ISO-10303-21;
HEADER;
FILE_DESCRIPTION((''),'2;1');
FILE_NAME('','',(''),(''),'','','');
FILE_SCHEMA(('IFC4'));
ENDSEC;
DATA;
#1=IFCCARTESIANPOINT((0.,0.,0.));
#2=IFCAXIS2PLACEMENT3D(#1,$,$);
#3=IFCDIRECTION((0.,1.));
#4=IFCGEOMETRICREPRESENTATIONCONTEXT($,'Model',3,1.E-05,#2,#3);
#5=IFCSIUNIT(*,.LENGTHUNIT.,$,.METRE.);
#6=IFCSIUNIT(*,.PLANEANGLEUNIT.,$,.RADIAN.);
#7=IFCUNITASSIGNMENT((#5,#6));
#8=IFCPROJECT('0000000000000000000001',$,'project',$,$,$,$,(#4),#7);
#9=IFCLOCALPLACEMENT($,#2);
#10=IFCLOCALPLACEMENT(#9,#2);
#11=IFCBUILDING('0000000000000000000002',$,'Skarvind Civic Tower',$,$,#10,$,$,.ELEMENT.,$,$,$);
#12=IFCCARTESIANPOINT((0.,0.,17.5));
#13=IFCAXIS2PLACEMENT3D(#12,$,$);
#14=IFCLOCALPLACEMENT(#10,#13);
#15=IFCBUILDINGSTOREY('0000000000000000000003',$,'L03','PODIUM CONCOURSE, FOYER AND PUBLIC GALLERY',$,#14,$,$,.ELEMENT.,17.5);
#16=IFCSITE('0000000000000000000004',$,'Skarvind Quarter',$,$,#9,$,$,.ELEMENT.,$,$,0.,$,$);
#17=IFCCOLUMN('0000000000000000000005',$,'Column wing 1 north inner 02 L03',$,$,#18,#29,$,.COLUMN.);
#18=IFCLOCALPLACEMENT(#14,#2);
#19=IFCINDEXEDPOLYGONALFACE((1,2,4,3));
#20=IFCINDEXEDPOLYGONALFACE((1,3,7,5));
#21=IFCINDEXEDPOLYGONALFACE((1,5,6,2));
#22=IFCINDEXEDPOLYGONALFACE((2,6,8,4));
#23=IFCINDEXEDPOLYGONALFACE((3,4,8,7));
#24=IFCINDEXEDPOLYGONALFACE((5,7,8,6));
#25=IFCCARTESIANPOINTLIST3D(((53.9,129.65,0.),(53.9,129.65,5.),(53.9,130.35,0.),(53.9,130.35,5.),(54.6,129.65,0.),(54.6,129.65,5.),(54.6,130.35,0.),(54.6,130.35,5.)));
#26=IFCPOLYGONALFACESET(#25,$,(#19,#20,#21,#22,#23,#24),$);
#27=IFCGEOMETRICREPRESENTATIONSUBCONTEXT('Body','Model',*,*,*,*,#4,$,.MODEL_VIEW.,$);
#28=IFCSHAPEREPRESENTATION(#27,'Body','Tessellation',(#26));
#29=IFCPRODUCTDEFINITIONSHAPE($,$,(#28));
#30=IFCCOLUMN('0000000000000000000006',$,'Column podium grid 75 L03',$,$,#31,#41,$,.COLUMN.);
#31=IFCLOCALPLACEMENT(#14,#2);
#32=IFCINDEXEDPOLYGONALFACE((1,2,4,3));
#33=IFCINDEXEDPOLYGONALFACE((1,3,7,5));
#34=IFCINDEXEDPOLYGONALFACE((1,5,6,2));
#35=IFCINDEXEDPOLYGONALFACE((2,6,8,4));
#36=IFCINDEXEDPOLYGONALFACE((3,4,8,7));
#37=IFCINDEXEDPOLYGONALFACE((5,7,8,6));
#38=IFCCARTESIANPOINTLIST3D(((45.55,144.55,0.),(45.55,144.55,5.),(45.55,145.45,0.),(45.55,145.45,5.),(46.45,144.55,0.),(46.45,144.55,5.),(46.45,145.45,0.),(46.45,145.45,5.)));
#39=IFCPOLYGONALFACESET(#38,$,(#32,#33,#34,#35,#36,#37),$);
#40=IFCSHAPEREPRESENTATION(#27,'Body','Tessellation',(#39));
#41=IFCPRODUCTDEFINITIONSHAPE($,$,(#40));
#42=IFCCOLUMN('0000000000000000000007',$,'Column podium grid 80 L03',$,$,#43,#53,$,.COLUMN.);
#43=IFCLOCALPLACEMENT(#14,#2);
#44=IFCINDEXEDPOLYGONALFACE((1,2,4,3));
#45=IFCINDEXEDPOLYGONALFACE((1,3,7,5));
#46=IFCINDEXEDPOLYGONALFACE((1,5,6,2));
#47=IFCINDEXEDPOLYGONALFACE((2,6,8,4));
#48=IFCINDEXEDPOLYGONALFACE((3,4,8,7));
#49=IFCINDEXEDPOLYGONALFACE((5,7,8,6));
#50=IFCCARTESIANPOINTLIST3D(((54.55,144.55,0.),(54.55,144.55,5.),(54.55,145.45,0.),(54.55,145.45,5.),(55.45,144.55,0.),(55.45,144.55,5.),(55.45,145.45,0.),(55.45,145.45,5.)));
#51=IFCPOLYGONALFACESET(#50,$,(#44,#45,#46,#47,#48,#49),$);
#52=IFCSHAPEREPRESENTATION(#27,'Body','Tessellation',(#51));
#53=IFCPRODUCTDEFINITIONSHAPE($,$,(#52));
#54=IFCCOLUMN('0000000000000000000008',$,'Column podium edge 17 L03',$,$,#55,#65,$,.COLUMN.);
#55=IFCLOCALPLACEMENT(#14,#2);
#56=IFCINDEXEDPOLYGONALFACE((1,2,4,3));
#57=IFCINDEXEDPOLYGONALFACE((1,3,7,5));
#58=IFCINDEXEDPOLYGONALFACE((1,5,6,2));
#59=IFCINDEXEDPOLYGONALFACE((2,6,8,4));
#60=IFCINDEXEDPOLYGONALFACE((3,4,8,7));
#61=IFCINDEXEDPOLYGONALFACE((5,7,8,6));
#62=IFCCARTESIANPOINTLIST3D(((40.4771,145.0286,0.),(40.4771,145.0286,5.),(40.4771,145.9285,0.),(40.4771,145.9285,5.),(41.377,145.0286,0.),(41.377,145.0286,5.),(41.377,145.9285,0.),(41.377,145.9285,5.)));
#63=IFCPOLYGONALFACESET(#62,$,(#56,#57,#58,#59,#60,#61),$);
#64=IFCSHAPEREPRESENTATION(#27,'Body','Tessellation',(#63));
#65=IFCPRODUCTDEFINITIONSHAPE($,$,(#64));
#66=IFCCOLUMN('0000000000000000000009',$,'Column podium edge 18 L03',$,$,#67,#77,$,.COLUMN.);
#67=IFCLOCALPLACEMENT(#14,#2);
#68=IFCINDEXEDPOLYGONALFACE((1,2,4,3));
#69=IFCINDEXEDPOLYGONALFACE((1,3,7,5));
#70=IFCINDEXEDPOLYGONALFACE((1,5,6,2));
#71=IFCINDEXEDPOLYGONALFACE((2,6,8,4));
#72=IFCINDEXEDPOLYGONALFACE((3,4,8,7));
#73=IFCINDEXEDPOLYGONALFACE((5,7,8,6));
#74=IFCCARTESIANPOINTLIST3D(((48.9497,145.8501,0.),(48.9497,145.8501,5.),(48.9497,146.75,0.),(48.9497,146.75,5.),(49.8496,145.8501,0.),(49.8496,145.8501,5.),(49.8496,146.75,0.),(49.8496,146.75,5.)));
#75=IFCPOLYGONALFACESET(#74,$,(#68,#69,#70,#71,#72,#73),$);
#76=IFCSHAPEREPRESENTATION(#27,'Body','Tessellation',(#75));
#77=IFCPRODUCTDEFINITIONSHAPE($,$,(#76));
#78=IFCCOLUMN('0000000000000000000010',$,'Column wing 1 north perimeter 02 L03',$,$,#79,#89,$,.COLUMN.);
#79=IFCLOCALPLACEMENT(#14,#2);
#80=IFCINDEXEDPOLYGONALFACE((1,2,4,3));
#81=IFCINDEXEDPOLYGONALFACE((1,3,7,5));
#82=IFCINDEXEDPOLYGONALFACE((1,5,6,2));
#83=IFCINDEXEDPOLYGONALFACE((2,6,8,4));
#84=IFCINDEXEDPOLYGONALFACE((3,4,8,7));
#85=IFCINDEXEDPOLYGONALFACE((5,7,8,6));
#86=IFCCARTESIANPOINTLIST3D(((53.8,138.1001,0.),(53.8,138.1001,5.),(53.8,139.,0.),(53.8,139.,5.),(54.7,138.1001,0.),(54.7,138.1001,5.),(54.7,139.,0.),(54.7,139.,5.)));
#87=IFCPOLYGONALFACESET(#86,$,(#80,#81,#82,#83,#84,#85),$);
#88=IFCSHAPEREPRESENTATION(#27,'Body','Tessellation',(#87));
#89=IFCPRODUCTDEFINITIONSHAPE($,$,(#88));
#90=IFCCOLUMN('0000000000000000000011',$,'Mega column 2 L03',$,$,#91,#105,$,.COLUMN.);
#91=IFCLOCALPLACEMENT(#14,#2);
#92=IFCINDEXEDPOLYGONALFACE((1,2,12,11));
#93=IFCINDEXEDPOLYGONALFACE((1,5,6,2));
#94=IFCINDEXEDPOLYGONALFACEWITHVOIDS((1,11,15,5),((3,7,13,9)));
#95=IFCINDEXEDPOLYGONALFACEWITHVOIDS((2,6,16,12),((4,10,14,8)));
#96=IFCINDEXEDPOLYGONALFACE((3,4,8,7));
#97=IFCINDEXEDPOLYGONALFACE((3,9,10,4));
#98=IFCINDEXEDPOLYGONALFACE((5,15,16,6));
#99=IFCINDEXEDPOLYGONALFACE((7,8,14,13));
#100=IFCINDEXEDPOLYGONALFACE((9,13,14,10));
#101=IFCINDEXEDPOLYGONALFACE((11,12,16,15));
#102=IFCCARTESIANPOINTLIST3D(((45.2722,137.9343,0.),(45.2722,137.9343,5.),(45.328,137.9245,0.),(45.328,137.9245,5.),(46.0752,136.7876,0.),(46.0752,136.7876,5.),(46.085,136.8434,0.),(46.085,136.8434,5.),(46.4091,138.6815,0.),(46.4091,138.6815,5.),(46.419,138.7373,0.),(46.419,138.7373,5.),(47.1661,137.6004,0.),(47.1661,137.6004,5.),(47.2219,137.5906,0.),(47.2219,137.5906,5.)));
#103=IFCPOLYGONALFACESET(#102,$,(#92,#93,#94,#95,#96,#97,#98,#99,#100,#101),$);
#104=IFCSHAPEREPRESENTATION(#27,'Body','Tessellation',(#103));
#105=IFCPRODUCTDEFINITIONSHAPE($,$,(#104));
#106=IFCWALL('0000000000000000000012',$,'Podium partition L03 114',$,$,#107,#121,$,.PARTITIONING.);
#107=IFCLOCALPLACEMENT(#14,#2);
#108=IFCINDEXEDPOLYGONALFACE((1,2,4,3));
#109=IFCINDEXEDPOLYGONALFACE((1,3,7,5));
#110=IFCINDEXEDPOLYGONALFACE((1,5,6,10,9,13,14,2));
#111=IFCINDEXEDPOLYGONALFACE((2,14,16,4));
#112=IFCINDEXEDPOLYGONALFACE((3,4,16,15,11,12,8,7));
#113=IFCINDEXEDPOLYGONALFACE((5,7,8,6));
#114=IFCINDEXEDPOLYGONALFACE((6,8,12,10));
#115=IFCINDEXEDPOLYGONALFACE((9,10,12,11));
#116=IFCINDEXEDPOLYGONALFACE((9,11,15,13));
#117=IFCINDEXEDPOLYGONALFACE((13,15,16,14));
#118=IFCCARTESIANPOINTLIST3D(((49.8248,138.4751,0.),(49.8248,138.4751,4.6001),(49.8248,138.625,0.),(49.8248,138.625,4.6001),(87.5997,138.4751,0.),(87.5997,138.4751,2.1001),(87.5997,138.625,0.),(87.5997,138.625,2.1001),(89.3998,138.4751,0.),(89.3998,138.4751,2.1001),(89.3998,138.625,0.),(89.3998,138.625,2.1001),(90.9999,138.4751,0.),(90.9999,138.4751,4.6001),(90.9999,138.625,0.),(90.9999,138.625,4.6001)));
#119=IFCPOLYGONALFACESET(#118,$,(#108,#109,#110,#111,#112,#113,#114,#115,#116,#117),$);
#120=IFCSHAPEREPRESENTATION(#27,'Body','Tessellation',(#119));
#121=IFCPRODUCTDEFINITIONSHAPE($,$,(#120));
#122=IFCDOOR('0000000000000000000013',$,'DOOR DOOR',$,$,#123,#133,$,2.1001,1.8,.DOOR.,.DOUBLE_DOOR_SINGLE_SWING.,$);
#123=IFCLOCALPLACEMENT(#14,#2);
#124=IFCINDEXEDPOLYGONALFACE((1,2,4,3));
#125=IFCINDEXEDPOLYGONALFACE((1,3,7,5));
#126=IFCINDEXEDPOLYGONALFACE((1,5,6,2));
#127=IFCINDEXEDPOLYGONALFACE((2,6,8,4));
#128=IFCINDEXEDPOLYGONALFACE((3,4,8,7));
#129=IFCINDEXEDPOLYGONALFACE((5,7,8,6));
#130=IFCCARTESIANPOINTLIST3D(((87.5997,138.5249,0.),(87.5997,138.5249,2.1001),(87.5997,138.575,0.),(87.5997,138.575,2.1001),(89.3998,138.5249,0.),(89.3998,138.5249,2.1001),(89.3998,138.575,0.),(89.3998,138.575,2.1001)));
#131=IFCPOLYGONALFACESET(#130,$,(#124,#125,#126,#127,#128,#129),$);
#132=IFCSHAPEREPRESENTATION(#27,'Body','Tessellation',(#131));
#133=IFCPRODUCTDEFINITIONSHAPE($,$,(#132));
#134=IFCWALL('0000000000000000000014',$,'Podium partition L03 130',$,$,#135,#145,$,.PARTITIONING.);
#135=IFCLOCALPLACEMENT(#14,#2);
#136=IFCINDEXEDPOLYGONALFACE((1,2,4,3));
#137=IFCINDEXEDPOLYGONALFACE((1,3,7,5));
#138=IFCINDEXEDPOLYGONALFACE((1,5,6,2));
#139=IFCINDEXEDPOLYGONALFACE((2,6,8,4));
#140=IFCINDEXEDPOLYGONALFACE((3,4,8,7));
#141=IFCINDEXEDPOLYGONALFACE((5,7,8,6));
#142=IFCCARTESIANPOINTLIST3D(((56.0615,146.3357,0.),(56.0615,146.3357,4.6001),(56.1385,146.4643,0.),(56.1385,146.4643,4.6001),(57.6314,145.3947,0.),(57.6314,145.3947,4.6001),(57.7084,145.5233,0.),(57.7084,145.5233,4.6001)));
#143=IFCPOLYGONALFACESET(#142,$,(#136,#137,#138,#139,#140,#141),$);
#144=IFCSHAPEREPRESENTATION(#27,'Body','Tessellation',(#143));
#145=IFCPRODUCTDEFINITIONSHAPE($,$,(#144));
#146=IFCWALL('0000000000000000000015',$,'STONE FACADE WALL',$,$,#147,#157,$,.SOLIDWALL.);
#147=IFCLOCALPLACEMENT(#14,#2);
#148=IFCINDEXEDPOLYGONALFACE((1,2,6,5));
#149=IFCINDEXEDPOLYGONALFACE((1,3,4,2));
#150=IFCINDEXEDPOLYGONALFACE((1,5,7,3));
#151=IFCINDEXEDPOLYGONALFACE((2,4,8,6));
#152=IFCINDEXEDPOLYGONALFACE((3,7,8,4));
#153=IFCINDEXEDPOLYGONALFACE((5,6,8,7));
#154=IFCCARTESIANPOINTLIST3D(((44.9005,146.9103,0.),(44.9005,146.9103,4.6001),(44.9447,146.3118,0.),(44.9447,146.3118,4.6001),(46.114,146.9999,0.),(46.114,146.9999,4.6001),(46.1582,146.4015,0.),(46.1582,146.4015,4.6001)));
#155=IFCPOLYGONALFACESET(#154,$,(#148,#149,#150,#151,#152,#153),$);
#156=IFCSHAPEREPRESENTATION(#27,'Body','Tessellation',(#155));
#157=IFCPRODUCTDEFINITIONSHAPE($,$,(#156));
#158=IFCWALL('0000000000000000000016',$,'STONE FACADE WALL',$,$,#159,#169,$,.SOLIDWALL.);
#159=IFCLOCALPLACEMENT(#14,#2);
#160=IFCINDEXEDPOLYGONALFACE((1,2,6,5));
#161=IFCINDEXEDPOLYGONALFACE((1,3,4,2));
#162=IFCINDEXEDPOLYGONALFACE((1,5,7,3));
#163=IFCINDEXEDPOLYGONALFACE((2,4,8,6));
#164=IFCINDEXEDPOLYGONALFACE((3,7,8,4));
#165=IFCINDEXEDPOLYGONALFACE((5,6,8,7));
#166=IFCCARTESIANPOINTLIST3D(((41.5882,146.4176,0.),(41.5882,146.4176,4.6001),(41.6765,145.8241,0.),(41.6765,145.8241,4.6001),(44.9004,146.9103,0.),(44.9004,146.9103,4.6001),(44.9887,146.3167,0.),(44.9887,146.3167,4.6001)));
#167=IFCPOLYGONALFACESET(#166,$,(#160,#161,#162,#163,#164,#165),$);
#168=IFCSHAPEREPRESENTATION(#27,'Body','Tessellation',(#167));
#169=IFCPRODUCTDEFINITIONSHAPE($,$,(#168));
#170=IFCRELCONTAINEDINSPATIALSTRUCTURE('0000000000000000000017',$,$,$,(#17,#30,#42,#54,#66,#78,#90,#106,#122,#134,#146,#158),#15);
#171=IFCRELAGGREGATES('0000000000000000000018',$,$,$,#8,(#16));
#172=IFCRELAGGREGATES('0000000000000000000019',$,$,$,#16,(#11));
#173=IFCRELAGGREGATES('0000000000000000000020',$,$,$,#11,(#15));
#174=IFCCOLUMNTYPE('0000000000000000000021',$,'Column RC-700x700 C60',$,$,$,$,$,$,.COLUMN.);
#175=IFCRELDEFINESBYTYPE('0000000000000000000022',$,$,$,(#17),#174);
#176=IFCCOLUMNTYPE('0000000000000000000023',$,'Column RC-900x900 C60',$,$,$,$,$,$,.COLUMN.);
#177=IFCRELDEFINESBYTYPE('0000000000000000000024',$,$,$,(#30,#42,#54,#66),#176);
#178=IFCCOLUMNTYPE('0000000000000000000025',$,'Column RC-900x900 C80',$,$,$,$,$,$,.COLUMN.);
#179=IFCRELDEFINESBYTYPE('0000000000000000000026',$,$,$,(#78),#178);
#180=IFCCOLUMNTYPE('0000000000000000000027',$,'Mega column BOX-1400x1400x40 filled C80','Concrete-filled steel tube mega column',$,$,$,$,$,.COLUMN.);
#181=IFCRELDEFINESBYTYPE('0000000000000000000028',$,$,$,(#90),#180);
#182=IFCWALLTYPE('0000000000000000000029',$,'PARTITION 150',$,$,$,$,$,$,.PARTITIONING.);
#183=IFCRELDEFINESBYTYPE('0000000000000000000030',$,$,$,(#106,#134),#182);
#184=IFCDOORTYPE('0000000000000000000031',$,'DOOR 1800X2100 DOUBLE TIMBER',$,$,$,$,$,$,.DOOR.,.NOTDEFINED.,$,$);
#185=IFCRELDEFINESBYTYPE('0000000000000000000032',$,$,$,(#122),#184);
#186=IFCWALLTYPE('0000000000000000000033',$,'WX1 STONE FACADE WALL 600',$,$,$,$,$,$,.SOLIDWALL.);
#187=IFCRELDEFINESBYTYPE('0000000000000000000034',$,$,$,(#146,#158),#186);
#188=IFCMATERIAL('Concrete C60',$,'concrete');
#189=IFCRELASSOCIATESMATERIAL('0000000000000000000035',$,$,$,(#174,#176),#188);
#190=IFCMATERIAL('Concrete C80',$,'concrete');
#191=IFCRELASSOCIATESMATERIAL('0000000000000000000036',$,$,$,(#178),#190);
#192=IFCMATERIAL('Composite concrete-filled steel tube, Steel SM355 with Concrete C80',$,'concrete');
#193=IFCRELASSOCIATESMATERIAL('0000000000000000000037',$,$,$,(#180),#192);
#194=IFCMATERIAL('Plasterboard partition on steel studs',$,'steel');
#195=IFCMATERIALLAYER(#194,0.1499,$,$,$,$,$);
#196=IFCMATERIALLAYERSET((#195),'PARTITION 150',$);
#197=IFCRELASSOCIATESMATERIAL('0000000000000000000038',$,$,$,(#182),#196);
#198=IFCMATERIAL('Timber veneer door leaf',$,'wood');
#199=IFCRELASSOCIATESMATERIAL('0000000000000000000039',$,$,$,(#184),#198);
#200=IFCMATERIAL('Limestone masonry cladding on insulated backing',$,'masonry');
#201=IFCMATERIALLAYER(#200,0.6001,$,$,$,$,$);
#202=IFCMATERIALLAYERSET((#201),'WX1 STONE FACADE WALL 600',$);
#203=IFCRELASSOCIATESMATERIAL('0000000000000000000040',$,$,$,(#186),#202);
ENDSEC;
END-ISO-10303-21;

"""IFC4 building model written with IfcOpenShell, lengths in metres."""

from ifc_helpers import new_model, si_unit, direction, frame, frame_2d, origin, origin_2d, place, context, subcontext, project, spatial, rectangle, hollow_rectangle, extrude, material, layer, layer_set, material_profile, profile_set, type_object, element, fill, save


model = new_model("IFC4")

# Units and contexts
model_context = context("Model", 3, precision=1e-05, world=origin(), true_north=direction((0.0, 1.0)))
body_context = subcontext(model_context, "Body", "Model", "MODEL_VIEW")
ifc_project = project(units=[si_unit("LENGTHUNIT", "METRE"), si_unit("PLANEANGLEUNIT", "RADIAN")], contexts=[model_context])

# Site, building, storey
site_placement = place(None, origin())
site = spatial("IfcSite", under=ifc_project, at=site_placement, Name="Skarvind Quarter", CompositionType="ELEMENT", RefElevation=0.0)
building_placement = place(site_placement, origin())
building = spatial("IfcBuilding", under=site, at=building_placement, Name="Skarvind Civic Tower", CompositionType="ELEMENT")
storey_placement = place(building_placement, frame((0.0, 0.0, 17.5)))
storey = spatial("IfcBuildingStorey", under=building, at=storey_placement, Name="L03", Description="PODIUM CONCOURSE, FOYER AND PUBLIC GALLERY", CompositionType="ELEMENT", Elevation=17.5)

# Columns
ifc_material_1 = material(Name="Concrete C60", Category="concrete")
ifc_material_profile_1 = material_profile(ifc_material_1, rectangle(XDim=0.7, YDim=0.7, at=origin_2d()), Name="RC-700x700")
ifc_profile_set_1 = profile_set([ifc_material_profile_1], Name="Concrete C60")
column_type_1 = type_object("IfcColumnType", Name="Column RC-700x700 C60", PredefinedType="COLUMN", material=ifc_profile_set_1)
column_1_placement = place(storey_placement, frame((54.25, 130.0, 0.0), z_axis=(0.0, 0.0, 1.0), x_axis=(1.0, 0.0, 0.0)))
element("IfcColumn", 1, at=column_1_placement, inside=storey, type_object=column_type_1, Name="Column wing 1 north inner 02 L03", PredefinedType="COLUMN", context=body_context, shape_type="SweptSolid", body=[
    extrude(rectangle(XDim=0.7, YDim=0.7, at=origin_2d()), origin(), (0.0, 0.0, 1.0), 5.0),
])
ifc_material_profile_2 = material_profile(ifc_material_1, rectangle(XDim=0.8999, YDim=0.8999, at=origin_2d()), Name="RC-900x900")
ifc_profile_set_2 = profile_set([ifc_material_profile_2], Name="Concrete C60")
column_type_2 = type_object("IfcColumnType", Name="Column RC-900x900 C60", PredefinedType="COLUMN", material=ifc_profile_set_2)
for number, where, z_axis, x_axis, name in (
    (2, (46.0, 145.0, 0.0), (0.0, 0.0, 1.0), (1.0, 0.0, 0.0), "Column podium grid 75 L03"),
    (3, (55.0, 145.0, 0.0), (0.0, 0.0, 1.0), (1.0, 0.0, 0.0), "Column podium grid 80 L03"),
    (4, (40.927, 145.4785, 0.0), (0.0, 0.0, 1.0), (1.0, 0.0, 0.0), "Column podium edge 17 L03"),
    (5, (49.3997, 146.3, 0.0), (0.0, 0.0, 1.0), (1.0, 0.0, 0.0), "Column podium edge 18 L03"),
):
    element("IfcColumn", number, at=place(storey_placement, frame(where, z_axis=z_axis, x_axis=x_axis)), inside=storey, type_object=column_type_2, Name=name, PredefinedType="COLUMN", context=body_context, shape_type="SweptSolid", body=[
        extrude(rectangle(XDim=0.8999, YDim=0.8999, at=origin_2d()), origin(), (0.0, 0.0, 1.0), 5.0),
    ])
ifc_material_2 = material(Name="Concrete C80", Category="concrete")
ifc_material_profile_3 = material_profile(ifc_material_2, rectangle(XDim=0.8999, YDim=0.8999, at=origin_2d()), Name="RC-900x900")
ifc_profile_set_3 = profile_set([ifc_material_profile_3], Name="Concrete C80")
column_type_3 = type_object("IfcColumnType", Name="Column RC-900x900 C80", PredefinedType="COLUMN", material=ifc_profile_set_3)
column_2_placement = place(storey_placement, frame((54.25, 138.55, 0.0), z_axis=(0.0, 0.0, 1.0), x_axis=(1.0, 0.0, 0.0)))
element("IfcColumn", 6, at=column_2_placement, inside=storey, type_object=column_type_3, Name="Column wing 1 north perimeter 02 L03", PredefinedType="COLUMN", context=body_context, shape_type="SweptSolid", body=[
    extrude(rectangle(XDim=0.8999, YDim=0.8999, at=origin_2d()), origin(), (0.0, 0.0, 1.0), 5.0),
])
ifc_material_3 = material(Name="Composite concrete-filled steel tube, Steel SM355 with Concrete C80", Category="concrete")
ifc_material_profile_4 = material_profile(ifc_material_3, hollow_rectangle(XDim=1.3999, YDim=1.3999, WallThickness=0.04, at=origin_2d()), Name="BOX-1400x1400x40")
ifc_profile_set_4 = profile_set([ifc_material_profile_4], Name="Composite concrete-filled steel tube, Steel SM355 with Concrete C80")
column_type_4 = type_object("IfcColumnType", Name="Mega column BOX-1400x1400x40 filled C80", Description="Concrete-filled steel tube mega column", PredefinedType="COLUMN", material=ifc_profile_set_4)
column_3_placement = place(storey_placement, frame((46.2471, 137.7625, 0.0), z_axis=(0.0, 0.0, 1.0), x_axis=(0.573576, -0.819152, 0.0)))
element("IfcColumn", 7, at=column_3_placement, inside=storey, type_object=column_type_4, Name="Mega column 2 L03", PredefinedType="COLUMN", context=body_context, shape_type="SweptSolid", body=[
    extrude(hollow_rectangle(XDim=1.3999, YDim=1.3999, WallThickness=0.04, at=origin_2d()), origin(), (0.0, 0.0, 1.0), 5.0),
])

# Wall, opening, door
ifc_material_4 = material(Name="Plasterboard partition on steel studs", Category="steel")
ifc_layer_1 = layer(ifc_material_4, 0.1499)
ifc_layer_set_1 = layer_set([ifc_layer_1], Name="PARTITION 150")
wall_type_1 = type_object("IfcWallType", Name="PARTITION 150", PredefinedType="PARTITIONING", material=ifc_layer_set_1)
wall_1_placement = place(storey_placement, frame((49.825, 138.55, 0.0), z_axis=(0.0, 0.0, 1.0), x_axis=(1.0, 0.0, 0.0)))
wall_1 = element("IfcWall", 8, at=wall_1_placement, inside=storey, type_object=wall_type_1, Name="Podium partition L03 114", PredefinedType="PARTITIONING", context=body_context, shape_type="SweptSolid", body=[
    extrude(rectangle(XDim=41.175, YDim=0.1499, at=frame_2d((20.5874, 0.0))), origin(), (0.0, 0.0, 1.0), 4.6001),
])
opening_1_placement = place(wall_1_placement, frame((37.7749, 0.0, 0.0)))
opening_1 = element("IfcOpeningElement", 9, at=opening_1_placement, cuts=wall_1, PredefinedType="OPENING", context=body_context, shape_type="SweptSolid", body=[
    extrude(rectangle(XDim=1.8, YDim=2.1001, at=frame_2d((0.8999, 1.05))), frame((0.0, 0.085, 0.0), z_axis=(0.0, -1.0, 0.0), x_axis=(1.0, 0.0, 0.0)), (0.0, 0.0, 1.0), 0.1699),
])
ifc_material_5 = material(Name="Timber veneer door leaf", Category="wood")
door_type = type_object("IfcDoorType", Name="DOOR 1800X2100 DOUBLE TIMBER", OperationType="NOTDEFINED", PredefinedType="DOOR", material=ifc_material_5)
door_placement = place(opening_1_placement, origin())
door = element("IfcDoor", 10, at=door_placement, inside=storey, type_object=door_type, Name="DOOR DOOR", OperationType="DOUBLE_DOOR_SINGLE_SWING", OverallHeight=2.1001, OverallWidth=1.8, PredefinedType="DOOR", context=body_context, shape_type="SweptSolid", body=[
    extrude(rectangle(XDim=1.8, YDim=2.1001, at=frame_2d((0.8999, 1.05))), frame((0.0, 0.0249, 0.0), z_axis=(0.0, -1.0, 0.0), x_axis=(1.0, 0.0, 0.0)), (0.0, 0.0, 1.0), 0.05),
])
fill(opening_1, door)

# Wall
wall_2_placement = place(storey_placement, frame((56.1001, 146.3999, 0.0), z_axis=(0.0, 0.0, 1.0), x_axis=(0.857728, -0.514103, 0.0)))
element("IfcWall", 11, at=wall_2_placement, inside=storey, type_object=wall_type_1, Name="Podium partition L03 130", PredefinedType="PARTITIONING", context=body_context, shape_type="SweptSolid", body=[
    extrude(rectangle(XDim=1.8303, YDim=0.1499, at=frame_2d((0.915, 0.0))), origin(), (0.0, 0.0, 1.0), 4.6001),
])

# Shared definitions
ifc_material_6 = material(Name="Limestone masonry cladding on insulated backing", Category="masonry")
ifc_layer_2 = layer(ifc_material_6, 0.6001)
ifc_layer_set_2 = layer_set([ifc_layer_2], Name="WX1 STONE FACADE WALL 600")
wall_type_2 = type_object("IfcWallType", Name="WX1 STONE FACADE WALL 600", PredefinedType="SOLIDWALL", material=ifc_layer_set_2)

# Walls
wall_3_placement = place(storey_placement, frame((44.9226, 146.6111, 0.0), z_axis=(0.0, 0.0, 1.0), x_axis=(0.997285, 0.073643, 0.0)))
element("IfcWall", 12, at=wall_3_placement, inside=storey, type_object=wall_type_2, Name="STONE FACADE WALL", PredefinedType="SOLIDWALL", context=body_context, shape_type="SweptSolid", body=[
    extrude(rectangle(XDim=1.2168, YDim=0.6001, at=frame_2d((0.6084, 0.0))), origin(), (0.0, 0.0, 1.0), 4.6001),
])
wall_4_placement = place(storey_placement, frame((41.6323, 146.1208, 0.0), z_axis=(0.0, 0.0, 1.0), x_axis=(0.989118, 0.147125, 0.0)))
element("IfcWall", 13, at=wall_4_placement, inside=storey, type_object=wall_type_2, Name="STONE FACADE WALL", PredefinedType="SOLIDWALL", context=body_context, shape_type="SweptSolid", body=[
    extrude(rectangle(XDim=3.3486, YDim=0.6001, at=frame_2d((1.6743, 0.0))), origin(), (0.0, 0.0, 1.0), 4.6001),
])

save(model, "model.ifc")
